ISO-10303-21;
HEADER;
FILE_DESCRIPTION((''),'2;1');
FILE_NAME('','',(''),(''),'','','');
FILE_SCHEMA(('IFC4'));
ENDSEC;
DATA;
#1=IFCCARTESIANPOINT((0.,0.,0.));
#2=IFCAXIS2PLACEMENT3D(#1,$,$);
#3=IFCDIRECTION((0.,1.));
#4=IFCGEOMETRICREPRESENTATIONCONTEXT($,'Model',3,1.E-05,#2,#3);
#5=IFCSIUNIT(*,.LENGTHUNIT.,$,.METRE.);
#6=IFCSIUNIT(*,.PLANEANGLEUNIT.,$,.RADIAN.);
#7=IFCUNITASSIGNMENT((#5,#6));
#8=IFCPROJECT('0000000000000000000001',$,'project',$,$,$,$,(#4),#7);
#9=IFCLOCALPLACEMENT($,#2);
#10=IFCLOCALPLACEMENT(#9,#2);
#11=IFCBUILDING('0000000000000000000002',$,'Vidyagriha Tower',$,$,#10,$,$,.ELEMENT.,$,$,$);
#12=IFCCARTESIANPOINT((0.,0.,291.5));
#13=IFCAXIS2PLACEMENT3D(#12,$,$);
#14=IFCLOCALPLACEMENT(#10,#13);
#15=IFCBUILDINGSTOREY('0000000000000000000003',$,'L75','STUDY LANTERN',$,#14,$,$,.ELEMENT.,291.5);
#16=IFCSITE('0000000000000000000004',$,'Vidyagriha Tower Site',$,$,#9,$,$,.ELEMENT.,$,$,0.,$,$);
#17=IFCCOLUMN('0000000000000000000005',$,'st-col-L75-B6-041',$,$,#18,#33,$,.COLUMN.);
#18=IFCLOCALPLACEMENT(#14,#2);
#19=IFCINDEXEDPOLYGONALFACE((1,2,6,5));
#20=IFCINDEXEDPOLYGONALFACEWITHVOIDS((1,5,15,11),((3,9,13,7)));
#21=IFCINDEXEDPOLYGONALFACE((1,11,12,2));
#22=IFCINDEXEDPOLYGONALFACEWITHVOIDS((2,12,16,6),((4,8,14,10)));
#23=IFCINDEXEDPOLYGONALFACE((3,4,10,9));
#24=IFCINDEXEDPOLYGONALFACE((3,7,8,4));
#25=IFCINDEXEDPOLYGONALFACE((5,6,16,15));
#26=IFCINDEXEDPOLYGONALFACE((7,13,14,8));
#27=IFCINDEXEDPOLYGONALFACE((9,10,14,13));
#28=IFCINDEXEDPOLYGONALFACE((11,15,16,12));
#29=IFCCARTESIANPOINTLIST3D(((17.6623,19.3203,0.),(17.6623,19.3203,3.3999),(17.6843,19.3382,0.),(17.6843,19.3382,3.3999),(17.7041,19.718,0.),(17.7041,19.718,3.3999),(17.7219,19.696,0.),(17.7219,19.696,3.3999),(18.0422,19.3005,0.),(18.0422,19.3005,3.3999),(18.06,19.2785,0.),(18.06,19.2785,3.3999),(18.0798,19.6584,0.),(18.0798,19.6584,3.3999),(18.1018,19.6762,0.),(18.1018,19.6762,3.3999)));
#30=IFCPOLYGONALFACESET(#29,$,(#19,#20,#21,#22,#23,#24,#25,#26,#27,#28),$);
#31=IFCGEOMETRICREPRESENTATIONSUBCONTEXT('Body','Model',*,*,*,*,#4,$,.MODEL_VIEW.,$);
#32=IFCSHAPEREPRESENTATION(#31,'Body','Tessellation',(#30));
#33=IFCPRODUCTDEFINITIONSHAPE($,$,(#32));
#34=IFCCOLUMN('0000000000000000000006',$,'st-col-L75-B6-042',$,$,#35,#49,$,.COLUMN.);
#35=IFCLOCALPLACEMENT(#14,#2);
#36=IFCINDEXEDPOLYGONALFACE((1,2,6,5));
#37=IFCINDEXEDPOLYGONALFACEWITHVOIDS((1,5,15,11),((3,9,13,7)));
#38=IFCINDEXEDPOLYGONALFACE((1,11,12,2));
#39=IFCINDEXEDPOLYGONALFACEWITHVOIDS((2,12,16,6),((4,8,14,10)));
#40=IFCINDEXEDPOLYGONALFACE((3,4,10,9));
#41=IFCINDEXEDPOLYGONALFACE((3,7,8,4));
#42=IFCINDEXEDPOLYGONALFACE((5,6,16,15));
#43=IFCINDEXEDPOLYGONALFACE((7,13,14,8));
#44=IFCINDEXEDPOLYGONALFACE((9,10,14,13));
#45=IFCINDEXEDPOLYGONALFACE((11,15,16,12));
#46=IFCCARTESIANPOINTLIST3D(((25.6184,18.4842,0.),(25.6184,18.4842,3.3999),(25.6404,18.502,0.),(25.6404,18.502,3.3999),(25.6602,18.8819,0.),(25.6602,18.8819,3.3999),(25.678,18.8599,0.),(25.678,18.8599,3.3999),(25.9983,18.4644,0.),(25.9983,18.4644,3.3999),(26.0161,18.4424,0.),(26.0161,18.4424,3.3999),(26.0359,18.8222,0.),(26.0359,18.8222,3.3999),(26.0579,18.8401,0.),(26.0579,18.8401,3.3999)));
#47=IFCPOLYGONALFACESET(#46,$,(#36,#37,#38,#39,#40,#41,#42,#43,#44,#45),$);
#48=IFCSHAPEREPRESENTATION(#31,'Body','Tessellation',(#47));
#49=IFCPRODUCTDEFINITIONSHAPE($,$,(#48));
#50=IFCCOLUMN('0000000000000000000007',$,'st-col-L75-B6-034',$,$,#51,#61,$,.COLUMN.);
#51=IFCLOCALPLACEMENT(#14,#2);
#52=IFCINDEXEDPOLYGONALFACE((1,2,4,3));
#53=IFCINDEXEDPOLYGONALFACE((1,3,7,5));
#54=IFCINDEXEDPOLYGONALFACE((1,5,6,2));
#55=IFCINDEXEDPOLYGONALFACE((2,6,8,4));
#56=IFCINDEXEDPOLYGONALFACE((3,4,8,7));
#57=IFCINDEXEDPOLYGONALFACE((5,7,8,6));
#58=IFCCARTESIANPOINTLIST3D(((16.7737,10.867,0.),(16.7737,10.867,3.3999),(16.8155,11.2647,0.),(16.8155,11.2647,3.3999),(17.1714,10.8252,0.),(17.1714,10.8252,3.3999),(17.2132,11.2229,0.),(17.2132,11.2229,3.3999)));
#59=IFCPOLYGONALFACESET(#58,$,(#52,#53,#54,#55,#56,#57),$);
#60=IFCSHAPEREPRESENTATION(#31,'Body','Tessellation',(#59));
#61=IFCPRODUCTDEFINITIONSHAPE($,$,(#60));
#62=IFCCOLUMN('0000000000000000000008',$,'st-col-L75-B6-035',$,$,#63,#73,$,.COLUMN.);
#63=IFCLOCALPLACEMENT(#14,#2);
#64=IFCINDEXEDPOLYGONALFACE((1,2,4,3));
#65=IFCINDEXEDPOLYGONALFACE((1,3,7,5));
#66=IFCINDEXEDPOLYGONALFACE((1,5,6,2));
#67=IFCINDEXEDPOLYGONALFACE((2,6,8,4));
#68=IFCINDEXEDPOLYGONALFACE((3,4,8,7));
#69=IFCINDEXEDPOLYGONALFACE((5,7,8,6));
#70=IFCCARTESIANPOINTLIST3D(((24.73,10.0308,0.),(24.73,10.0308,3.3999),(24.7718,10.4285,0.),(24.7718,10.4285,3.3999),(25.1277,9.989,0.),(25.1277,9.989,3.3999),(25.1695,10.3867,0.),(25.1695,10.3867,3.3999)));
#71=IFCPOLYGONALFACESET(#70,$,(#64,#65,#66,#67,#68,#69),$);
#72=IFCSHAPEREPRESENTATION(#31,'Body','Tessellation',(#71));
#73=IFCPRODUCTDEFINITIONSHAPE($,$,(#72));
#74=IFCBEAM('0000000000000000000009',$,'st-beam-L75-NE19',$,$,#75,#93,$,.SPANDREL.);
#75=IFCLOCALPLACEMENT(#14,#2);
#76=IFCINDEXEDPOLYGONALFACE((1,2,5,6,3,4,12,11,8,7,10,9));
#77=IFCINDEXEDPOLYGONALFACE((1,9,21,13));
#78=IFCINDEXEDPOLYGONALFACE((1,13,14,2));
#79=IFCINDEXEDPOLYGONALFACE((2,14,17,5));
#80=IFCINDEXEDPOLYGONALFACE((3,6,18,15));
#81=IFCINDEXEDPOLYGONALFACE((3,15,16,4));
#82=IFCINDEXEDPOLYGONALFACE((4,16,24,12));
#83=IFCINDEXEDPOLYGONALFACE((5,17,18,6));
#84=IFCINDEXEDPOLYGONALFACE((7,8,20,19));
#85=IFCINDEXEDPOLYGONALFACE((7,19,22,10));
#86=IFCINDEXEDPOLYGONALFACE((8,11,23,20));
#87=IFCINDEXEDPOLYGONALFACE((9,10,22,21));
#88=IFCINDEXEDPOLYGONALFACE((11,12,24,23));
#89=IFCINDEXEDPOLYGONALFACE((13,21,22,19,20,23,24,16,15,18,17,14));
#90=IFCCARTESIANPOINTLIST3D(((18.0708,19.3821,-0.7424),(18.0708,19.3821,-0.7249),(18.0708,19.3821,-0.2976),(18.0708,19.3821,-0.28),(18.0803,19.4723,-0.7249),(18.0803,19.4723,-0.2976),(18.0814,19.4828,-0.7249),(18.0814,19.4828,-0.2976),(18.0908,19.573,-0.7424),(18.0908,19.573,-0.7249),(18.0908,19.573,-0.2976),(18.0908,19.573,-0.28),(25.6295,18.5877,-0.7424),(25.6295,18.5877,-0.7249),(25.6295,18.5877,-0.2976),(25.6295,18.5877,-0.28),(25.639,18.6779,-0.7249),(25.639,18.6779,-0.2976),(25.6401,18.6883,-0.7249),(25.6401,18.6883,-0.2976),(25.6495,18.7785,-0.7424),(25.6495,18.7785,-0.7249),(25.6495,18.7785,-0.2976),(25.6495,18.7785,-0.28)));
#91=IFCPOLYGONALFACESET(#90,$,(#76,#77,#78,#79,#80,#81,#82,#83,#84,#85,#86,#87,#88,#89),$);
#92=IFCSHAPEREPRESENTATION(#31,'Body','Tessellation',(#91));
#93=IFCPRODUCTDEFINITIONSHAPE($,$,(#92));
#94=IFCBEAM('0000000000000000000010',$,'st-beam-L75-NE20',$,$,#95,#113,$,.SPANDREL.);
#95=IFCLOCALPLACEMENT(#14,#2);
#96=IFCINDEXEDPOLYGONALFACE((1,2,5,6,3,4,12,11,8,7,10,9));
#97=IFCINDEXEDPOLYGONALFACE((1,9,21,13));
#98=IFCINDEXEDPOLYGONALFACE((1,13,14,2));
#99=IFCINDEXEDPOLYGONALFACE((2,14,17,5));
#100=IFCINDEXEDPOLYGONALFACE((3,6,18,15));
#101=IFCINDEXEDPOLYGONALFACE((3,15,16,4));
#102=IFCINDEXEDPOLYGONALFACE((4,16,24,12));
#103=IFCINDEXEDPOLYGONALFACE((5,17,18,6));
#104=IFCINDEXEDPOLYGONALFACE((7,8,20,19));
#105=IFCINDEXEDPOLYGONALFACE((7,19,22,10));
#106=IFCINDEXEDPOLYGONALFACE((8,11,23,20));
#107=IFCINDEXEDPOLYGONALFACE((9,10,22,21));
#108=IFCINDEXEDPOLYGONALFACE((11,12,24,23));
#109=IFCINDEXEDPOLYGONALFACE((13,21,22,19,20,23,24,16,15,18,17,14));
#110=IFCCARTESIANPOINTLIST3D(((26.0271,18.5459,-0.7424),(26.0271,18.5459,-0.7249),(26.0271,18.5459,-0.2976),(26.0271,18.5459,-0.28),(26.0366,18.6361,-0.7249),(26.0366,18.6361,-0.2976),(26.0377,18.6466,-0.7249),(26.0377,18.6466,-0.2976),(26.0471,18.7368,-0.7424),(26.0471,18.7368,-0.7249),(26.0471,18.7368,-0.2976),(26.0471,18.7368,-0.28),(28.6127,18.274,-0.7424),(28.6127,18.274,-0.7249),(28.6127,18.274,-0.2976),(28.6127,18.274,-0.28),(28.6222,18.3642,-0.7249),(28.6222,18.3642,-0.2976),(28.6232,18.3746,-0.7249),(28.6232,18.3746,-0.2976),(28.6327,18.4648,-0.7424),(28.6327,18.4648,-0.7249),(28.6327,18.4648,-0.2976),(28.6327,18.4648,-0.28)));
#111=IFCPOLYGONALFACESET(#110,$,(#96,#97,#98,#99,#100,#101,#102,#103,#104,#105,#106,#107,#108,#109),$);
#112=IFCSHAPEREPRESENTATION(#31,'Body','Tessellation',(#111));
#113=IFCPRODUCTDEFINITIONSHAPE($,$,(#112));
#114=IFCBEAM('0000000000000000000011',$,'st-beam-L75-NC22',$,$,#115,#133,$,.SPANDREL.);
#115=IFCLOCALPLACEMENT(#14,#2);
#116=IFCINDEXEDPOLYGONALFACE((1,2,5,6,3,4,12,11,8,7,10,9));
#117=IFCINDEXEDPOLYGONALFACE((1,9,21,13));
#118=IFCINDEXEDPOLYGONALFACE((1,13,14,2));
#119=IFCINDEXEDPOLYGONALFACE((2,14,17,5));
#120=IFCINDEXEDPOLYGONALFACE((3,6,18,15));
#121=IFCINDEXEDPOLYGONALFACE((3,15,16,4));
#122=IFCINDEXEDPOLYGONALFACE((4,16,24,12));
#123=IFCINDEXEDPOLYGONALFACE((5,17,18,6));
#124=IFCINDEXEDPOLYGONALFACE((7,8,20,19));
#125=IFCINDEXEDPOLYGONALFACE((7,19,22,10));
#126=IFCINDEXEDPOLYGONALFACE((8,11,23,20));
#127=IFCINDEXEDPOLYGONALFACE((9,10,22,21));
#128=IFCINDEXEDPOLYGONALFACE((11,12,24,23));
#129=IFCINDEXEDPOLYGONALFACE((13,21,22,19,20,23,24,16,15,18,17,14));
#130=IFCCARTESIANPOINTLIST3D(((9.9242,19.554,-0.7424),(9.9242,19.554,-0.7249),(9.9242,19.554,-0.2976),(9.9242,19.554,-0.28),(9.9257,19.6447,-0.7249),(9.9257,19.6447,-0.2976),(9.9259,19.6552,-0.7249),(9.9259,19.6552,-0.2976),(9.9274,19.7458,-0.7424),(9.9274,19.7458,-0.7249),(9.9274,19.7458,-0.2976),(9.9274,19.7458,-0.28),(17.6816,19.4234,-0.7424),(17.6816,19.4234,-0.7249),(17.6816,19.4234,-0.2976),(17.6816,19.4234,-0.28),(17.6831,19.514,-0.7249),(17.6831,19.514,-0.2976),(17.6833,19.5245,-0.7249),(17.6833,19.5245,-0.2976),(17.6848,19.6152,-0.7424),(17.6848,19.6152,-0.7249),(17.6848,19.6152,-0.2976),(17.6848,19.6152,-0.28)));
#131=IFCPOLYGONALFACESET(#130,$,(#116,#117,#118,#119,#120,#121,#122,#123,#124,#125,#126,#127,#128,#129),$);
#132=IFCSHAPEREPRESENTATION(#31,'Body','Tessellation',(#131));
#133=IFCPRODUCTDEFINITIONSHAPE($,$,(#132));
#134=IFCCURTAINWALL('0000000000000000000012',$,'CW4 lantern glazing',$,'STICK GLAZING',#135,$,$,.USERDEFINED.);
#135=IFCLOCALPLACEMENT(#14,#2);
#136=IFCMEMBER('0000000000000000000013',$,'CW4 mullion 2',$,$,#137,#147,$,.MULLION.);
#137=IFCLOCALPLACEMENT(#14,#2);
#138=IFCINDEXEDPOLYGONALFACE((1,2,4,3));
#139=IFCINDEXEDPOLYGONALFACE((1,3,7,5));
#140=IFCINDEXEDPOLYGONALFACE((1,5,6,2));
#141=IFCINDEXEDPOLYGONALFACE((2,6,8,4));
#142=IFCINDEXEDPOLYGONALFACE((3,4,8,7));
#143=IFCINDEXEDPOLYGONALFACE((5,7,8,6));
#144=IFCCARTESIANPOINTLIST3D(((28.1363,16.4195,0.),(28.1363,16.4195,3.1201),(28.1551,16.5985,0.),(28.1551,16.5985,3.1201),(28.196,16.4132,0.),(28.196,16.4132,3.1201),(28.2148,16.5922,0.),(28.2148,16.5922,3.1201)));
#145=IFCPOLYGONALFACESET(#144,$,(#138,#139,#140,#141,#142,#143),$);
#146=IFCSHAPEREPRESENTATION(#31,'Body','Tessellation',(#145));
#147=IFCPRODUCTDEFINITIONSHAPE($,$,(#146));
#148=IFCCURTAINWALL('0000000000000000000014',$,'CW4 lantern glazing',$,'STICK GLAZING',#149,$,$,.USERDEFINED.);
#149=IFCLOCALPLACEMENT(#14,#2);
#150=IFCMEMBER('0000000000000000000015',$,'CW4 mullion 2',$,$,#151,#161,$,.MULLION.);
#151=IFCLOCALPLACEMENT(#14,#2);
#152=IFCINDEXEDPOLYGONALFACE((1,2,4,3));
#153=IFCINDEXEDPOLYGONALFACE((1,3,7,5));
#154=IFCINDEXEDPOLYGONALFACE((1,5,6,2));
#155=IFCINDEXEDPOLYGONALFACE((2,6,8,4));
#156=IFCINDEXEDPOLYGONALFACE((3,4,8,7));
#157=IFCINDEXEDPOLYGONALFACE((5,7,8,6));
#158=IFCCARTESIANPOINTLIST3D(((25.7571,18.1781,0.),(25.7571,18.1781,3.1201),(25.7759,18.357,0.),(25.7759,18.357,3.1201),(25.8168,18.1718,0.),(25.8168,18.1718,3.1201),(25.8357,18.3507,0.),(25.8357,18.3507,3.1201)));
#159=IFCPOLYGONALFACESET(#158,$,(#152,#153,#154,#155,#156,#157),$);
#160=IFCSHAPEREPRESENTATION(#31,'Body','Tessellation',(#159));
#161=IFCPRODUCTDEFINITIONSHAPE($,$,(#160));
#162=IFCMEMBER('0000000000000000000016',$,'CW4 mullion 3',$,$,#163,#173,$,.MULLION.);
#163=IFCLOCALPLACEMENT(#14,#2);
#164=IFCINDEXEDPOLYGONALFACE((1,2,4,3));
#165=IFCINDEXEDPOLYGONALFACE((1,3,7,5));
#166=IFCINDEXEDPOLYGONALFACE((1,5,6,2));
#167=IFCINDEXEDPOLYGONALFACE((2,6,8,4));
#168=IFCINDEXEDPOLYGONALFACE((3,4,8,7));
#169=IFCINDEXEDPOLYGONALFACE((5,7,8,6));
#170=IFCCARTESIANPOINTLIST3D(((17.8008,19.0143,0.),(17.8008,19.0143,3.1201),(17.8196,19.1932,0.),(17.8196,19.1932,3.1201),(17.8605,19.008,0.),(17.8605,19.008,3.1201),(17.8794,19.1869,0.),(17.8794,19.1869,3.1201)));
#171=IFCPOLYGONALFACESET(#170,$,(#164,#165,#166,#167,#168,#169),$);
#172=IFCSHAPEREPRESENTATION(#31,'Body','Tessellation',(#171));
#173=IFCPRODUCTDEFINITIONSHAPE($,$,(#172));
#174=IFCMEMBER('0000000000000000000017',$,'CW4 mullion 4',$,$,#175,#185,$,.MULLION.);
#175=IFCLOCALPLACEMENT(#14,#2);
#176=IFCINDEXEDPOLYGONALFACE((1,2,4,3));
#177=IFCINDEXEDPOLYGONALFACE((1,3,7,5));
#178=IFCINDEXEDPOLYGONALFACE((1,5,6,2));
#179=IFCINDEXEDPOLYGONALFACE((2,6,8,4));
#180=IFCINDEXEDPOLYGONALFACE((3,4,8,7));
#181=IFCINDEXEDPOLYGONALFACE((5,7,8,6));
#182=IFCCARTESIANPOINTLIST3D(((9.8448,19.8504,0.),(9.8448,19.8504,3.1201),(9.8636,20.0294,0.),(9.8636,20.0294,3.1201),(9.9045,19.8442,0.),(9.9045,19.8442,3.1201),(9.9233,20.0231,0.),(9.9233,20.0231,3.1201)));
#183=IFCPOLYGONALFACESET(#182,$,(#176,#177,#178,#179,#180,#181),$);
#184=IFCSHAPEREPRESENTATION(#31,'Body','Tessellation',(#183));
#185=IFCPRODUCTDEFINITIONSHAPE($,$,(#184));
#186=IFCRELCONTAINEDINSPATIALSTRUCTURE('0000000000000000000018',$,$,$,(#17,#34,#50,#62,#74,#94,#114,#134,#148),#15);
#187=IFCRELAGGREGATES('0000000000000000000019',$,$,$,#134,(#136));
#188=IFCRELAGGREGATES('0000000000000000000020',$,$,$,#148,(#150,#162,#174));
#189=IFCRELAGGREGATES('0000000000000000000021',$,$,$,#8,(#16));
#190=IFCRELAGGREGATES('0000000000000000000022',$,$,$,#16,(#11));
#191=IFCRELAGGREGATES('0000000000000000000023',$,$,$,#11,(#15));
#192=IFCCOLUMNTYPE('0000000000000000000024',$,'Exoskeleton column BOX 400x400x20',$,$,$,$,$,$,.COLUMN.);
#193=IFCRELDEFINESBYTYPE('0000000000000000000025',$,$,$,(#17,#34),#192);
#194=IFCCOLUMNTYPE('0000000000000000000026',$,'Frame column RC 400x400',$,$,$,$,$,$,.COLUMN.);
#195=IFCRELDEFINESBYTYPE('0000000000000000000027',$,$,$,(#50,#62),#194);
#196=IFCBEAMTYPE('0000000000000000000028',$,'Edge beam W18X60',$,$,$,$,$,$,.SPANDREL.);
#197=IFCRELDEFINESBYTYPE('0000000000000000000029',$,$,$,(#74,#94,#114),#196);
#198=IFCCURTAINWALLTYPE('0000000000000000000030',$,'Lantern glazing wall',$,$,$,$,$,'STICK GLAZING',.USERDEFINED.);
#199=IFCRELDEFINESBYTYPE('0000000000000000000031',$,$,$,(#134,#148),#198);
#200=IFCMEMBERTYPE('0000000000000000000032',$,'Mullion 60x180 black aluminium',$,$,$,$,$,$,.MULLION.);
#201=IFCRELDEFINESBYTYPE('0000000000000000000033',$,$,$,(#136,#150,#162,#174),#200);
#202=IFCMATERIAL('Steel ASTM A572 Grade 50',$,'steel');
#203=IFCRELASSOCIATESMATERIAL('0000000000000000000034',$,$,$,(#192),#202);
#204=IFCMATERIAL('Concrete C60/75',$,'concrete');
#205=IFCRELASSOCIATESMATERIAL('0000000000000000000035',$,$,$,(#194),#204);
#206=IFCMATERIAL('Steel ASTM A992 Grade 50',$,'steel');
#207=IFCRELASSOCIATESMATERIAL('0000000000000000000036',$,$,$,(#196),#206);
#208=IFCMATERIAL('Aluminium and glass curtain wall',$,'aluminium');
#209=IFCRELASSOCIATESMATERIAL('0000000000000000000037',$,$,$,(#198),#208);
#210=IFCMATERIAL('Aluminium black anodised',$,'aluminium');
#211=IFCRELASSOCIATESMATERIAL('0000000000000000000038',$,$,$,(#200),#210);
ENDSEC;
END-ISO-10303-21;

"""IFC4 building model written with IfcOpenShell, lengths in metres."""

from ifc_helpers import new_model, si_unit, direction, frame, origin, origin_2d, place, context, subcontext, project, spatial, rectangle, hollow_rectangle, i_section, extrude, material, material_profile, profile_set, type_object, element, aggregate, save


model = new_model("IFC4")

# Units and contexts
model_context = context("Model", 3, precision=1e-05, world=origin(), true_north=direction((0.0, 1.0)))
body_context = subcontext(model_context, "Body", "Model", "MODEL_VIEW")
ifc_project = project(units=[si_unit("LENGTHUNIT", "METRE"), si_unit("PLANEANGLEUNIT", "RADIAN")], contexts=[model_context])

# Site, building, storey
site_placement = place(None, origin())
site = spatial("IfcSite", under=ifc_project, at=site_placement, Name="Vidyagriha Tower Site", CompositionType="ELEMENT", RefElevation=0.0)
building_placement = place(site_placement, origin())
building = spatial("IfcBuilding", under=site, at=building_placement, Name="Vidyagriha Tower", CompositionType="ELEMENT")
storey_placement = place(building_placement, frame((0.0, 0.0, 291.5)))
storey = spatial("IfcBuildingStorey", under=building, at=storey_placement, Name="L75", Description="STUDY LANTERN", CompositionType="ELEMENT", Elevation=291.5)

# Columns
ifc_material_1 = material(Name="Steel ASTM A572 Grade 50", Category="steel")
ifc_material_profile_1 = material_profile(ifc_material_1, hollow_rectangle(XDim=0.3999, YDim=0.3999, WallThickness=0.02, at=origin_2d()), Name="BOX 400x400x20")
ifc_profile_set_1 = profile_set([ifc_material_profile_1], Name="Steel ASTM A572 Grade 50")
column_type_1 = type_object("IfcColumnType", Name="Exoskeleton column BOX 400x400x20", PredefinedType="COLUMN", material=ifc_profile_set_1)
for number, where, z_axis, x_axis, name in (
    (1, (17.8821, 19.4983, 0.0), (0.0, 0.0, 1.0), (0.994522, -0.104528, 0.0), "st-col-L75-B6-041"),
    (2, (25.8381, 18.6621, 0.0), (0.0, 0.0, 1.0), (0.994522, -0.104528, 0.0), "st-col-L75-B6-042"),
):
    element("IfcColumn", number, at=place(storey_placement, frame(where, z_axis=z_axis, x_axis=x_axis)), inside=storey, type_object=column_type_1, Name=name, PredefinedType="COLUMN", context=body_context, shape_type="SweptSolid", body=[
        extrude(hollow_rectangle(XDim=0.3999, YDim=0.3999, WallThickness=0.02, at=origin_2d()), origin(), (0.0, 0.0, 1.0), 3.3999),
    ])
ifc_material_2 = material(Name="Concrete C60/75", Category="concrete")
ifc_material_profile_2 = material_profile(ifc_material_2, rectangle(XDim=0.3999, YDim=0.3999, at=origin_2d()), Name="RC 400x400")
ifc_profile_set_2 = profile_set([ifc_material_profile_2], Name="Concrete C60/75")
column_type_2 = type_object("IfcColumnType", Name="Frame column RC 400x400", PredefinedType="COLUMN", material=ifc_profile_set_2)
for number, where, z_axis, x_axis, name in (
    (3, (16.9934, 11.0449, 0.0), (0.0, 0.0, 1.0), (0.994522, -0.104528, 0.0), "st-col-L75-B6-034"),
    (4, (24.9497, 10.2087, 0.0), (0.0, 0.0, 1.0), (0.994522, -0.104528, 0.0), "st-col-L75-B6-035"),
):
    element("IfcColumn", number, at=place(storey_placement, frame(where, z_axis=z_axis, x_axis=x_axis)), inside=storey, type_object=column_type_2, Name=name, PredefinedType="COLUMN", context=body_context, shape_type="SweptSolid", body=[
        extrude(rectangle(XDim=0.3999, YDim=0.3999, at=origin_2d()), origin(), (0.0, 0.0, 1.0), 3.3999),
    ])

# Beams
ifc_material_3 = material(Name="Steel ASTM A992 Grade 50", Category="steel")
ifc_material_profile_3 = material_profile(ifc_material_3, i_section(OverallWidth=0.1919, OverallDepth=0.4624, WebThickness=0.0105, FlangeThickness=0.0176, at=origin_2d()), Name="W18X60")
ifc_profile_set_3 = profile_set([ifc_material_profile_3], Name="Steel ASTM A992 Grade 50")
beam_type = type_object("IfcBeamType", Name="Edge beam W18X60", PredefinedType="SPANDREL", material=ifc_profile_set_3)
beam_1_placement = place(storey_placement, frame((18.0808, 19.4775, -0.5112), z_axis=(0.994522, -0.104528, 0.0), x_axis=(0.104528, 0.994522, 0.0)))
element("IfcBeam", 5, at=beam_1_placement, inside=storey, type_object=beam_type, Name="st-beam-L75-NE19", PredefinedType="SPANDREL", context=body_context, shape_type="SweptSolid", body=[
    extrude(i_section(OverallWidth=0.1919, OverallDepth=0.4624, WebThickness=0.0105, FlangeThickness=0.0176, at=origin_2d()), origin(), (0.0, 0.0, 1.0), 7.6003),
])
beam_2_placement = place(storey_placement, frame((26.0371, 18.6414, -0.5112), z_axis=(0.994514, -0.104607, 0.0), x_axis=(0.104607, 0.994514, 0.0)))
element("IfcBeam", 6, at=beam_2_placement, inside=storey, type_object=beam_type, Name="st-beam-L75-NE20", PredefinedType="SPANDREL", context=body_context, shape_type="SweptSolid", body=[
    extrude(i_section(OverallWidth=0.1919, OverallDepth=0.4624, WebThickness=0.0105, FlangeThickness=0.0176, at=origin_2d()), origin(), (0.0, 0.0, 1.0), 2.5999),
])
beam_3_placement = place(storey_placement, frame((9.9258, 19.6499, -0.5112), z_axis=(0.999858, -0.016835, 0.0), x_axis=(0.016835, 0.999858, 0.0)))
element("IfcBeam", 7, at=beam_3_placement, inside=storey, type_object=beam_type, Name="st-beam-L75-NC22", PredefinedType="SPANDREL", context=body_context, shape_type="SweptSolid", body=[
    extrude(i_section(OverallWidth=0.1919, OverallDepth=0.4624, WebThickness=0.0105, FlangeThickness=0.0176, at=origin_2d()), origin(), (0.0, 0.0, 1.0), 7.7585),
])

# Curtain wall, member
ifc_material_4 = material(Name="Aluminium and glass curtain wall", Category="aluminium")
curtain_wall_type = type_object("IfcCurtainWallType", Name="Lantern glazing wall", ElementType="STICK GLAZING", PredefinedType="USERDEFINED", material=ifc_material_4)
curtain_wall_1_placement = place(storey_placement, origin())
curtain_wall_1 = element("IfcCurtainWall", 8, at=curtain_wall_1_placement, inside=storey, type_object=curtain_wall_type, Name="CW4 lantern glazing", ObjectType="STICK GLAZING", PredefinedType="USERDEFINED")
ifc_material_5 = material(Name="Aluminium black anodised", Category="aluminium")
ifc_material_profile_4 = material_profile(ifc_material_5, rectangle(XDim=0.1799, YDim=0.0601, at=origin_2d()), Name="Mullion 60x180 black aluminium")
ifc_profile_set_4 = profile_set([ifc_material_profile_4], Name="Aluminium black anodised")
member_type_1 = type_object("IfcMemberType", Name="Mullion 60x180 black aluminium", PredefinedType="MULLION", material=ifc_profile_set_4)
member_1_placement = place(storey_placement, frame((28.1755, 16.5059, 0.0), z_axis=(0.0, 0.0, 1.0), x_axis=(-0.104519, -0.994523, 0.0)))
member_1 = element("IfcMember", 9, at=member_1_placement, type_object=member_type_1, Name="CW4 mullion 2", PredefinedType="MULLION", context=body_context, shape_type="SweptSolid", body=[
    extrude(rectangle(XDim=0.1799, YDim=0.0601, at=origin_2d()), origin(), (0.0, 0.0, 1.0), 3.1201),
])
aggregate(curtain_wall_1, [member_1])

# Curtain wall, members
curtain_wall_2_placement = place(storey_placement, origin())
curtain_wall_2 = element("IfcCurtainWall", 10, at=curtain_wall_2_placement, inside=storey, type_object=curtain_wall_type, Name="CW4 lantern glazing", ObjectType="STICK GLAZING", PredefinedType="USERDEFINED")
member_2_placement = place(storey_placement, frame((25.7964, 18.2644, 0.0), z_axis=(0.0, 0.0, 1.0), x_axis=(-0.104528, -0.994522, 0.0)))
member_2 = element("IfcMember", 11, at=member_2_placement, type_object=member_type_1, Name="CW4 mullion 2", PredefinedType="MULLION", context=body_context, shape_type="SweptSolid", body=[
    extrude(rectangle(XDim=0.1799, YDim=0.0601, at=origin_2d()), origin(), (0.0, 0.0, 1.0), 3.1201),
])
member_3_placement = place(storey_placement, frame((17.8401, 19.1006, 0.0), z_axis=(0.0, 0.0, 1.0), x_axis=(-0.104528, -0.994522, 0.0)))
member_3 = element("IfcMember", 12, at=member_3_placement, type_object=member_type_1, Name="CW4 mullion 3", PredefinedType="MULLION", context=body_context, shape_type="SweptSolid", body=[
    extrude(rectangle(XDim=0.1799, YDim=0.0601, at=origin_2d()), origin(), (0.0, 0.0, 1.0), 3.1201),
])
member_4_placement = place(storey_placement, frame((9.884, 19.9368, 0.0), z_axis=(0.0, 0.0, 1.0), x_axis=(-0.104528, -0.994522, 0.0)))
member_4 = element("IfcMember", 13, at=member_4_placement, type_object=member_type_1, Name="CW4 mullion 4", PredefinedType="MULLION", context=body_context, shape_type="SweptSolid", body=[
    extrude(rectangle(XDim=0.1799, YDim=0.0601, at=origin_2d()), origin(), (0.0, 0.0, 1.0), 3.1201),
])
aggregate(curtain_wall_2, [member_2, member_3, member_4])

save(model, "model.ifc")
